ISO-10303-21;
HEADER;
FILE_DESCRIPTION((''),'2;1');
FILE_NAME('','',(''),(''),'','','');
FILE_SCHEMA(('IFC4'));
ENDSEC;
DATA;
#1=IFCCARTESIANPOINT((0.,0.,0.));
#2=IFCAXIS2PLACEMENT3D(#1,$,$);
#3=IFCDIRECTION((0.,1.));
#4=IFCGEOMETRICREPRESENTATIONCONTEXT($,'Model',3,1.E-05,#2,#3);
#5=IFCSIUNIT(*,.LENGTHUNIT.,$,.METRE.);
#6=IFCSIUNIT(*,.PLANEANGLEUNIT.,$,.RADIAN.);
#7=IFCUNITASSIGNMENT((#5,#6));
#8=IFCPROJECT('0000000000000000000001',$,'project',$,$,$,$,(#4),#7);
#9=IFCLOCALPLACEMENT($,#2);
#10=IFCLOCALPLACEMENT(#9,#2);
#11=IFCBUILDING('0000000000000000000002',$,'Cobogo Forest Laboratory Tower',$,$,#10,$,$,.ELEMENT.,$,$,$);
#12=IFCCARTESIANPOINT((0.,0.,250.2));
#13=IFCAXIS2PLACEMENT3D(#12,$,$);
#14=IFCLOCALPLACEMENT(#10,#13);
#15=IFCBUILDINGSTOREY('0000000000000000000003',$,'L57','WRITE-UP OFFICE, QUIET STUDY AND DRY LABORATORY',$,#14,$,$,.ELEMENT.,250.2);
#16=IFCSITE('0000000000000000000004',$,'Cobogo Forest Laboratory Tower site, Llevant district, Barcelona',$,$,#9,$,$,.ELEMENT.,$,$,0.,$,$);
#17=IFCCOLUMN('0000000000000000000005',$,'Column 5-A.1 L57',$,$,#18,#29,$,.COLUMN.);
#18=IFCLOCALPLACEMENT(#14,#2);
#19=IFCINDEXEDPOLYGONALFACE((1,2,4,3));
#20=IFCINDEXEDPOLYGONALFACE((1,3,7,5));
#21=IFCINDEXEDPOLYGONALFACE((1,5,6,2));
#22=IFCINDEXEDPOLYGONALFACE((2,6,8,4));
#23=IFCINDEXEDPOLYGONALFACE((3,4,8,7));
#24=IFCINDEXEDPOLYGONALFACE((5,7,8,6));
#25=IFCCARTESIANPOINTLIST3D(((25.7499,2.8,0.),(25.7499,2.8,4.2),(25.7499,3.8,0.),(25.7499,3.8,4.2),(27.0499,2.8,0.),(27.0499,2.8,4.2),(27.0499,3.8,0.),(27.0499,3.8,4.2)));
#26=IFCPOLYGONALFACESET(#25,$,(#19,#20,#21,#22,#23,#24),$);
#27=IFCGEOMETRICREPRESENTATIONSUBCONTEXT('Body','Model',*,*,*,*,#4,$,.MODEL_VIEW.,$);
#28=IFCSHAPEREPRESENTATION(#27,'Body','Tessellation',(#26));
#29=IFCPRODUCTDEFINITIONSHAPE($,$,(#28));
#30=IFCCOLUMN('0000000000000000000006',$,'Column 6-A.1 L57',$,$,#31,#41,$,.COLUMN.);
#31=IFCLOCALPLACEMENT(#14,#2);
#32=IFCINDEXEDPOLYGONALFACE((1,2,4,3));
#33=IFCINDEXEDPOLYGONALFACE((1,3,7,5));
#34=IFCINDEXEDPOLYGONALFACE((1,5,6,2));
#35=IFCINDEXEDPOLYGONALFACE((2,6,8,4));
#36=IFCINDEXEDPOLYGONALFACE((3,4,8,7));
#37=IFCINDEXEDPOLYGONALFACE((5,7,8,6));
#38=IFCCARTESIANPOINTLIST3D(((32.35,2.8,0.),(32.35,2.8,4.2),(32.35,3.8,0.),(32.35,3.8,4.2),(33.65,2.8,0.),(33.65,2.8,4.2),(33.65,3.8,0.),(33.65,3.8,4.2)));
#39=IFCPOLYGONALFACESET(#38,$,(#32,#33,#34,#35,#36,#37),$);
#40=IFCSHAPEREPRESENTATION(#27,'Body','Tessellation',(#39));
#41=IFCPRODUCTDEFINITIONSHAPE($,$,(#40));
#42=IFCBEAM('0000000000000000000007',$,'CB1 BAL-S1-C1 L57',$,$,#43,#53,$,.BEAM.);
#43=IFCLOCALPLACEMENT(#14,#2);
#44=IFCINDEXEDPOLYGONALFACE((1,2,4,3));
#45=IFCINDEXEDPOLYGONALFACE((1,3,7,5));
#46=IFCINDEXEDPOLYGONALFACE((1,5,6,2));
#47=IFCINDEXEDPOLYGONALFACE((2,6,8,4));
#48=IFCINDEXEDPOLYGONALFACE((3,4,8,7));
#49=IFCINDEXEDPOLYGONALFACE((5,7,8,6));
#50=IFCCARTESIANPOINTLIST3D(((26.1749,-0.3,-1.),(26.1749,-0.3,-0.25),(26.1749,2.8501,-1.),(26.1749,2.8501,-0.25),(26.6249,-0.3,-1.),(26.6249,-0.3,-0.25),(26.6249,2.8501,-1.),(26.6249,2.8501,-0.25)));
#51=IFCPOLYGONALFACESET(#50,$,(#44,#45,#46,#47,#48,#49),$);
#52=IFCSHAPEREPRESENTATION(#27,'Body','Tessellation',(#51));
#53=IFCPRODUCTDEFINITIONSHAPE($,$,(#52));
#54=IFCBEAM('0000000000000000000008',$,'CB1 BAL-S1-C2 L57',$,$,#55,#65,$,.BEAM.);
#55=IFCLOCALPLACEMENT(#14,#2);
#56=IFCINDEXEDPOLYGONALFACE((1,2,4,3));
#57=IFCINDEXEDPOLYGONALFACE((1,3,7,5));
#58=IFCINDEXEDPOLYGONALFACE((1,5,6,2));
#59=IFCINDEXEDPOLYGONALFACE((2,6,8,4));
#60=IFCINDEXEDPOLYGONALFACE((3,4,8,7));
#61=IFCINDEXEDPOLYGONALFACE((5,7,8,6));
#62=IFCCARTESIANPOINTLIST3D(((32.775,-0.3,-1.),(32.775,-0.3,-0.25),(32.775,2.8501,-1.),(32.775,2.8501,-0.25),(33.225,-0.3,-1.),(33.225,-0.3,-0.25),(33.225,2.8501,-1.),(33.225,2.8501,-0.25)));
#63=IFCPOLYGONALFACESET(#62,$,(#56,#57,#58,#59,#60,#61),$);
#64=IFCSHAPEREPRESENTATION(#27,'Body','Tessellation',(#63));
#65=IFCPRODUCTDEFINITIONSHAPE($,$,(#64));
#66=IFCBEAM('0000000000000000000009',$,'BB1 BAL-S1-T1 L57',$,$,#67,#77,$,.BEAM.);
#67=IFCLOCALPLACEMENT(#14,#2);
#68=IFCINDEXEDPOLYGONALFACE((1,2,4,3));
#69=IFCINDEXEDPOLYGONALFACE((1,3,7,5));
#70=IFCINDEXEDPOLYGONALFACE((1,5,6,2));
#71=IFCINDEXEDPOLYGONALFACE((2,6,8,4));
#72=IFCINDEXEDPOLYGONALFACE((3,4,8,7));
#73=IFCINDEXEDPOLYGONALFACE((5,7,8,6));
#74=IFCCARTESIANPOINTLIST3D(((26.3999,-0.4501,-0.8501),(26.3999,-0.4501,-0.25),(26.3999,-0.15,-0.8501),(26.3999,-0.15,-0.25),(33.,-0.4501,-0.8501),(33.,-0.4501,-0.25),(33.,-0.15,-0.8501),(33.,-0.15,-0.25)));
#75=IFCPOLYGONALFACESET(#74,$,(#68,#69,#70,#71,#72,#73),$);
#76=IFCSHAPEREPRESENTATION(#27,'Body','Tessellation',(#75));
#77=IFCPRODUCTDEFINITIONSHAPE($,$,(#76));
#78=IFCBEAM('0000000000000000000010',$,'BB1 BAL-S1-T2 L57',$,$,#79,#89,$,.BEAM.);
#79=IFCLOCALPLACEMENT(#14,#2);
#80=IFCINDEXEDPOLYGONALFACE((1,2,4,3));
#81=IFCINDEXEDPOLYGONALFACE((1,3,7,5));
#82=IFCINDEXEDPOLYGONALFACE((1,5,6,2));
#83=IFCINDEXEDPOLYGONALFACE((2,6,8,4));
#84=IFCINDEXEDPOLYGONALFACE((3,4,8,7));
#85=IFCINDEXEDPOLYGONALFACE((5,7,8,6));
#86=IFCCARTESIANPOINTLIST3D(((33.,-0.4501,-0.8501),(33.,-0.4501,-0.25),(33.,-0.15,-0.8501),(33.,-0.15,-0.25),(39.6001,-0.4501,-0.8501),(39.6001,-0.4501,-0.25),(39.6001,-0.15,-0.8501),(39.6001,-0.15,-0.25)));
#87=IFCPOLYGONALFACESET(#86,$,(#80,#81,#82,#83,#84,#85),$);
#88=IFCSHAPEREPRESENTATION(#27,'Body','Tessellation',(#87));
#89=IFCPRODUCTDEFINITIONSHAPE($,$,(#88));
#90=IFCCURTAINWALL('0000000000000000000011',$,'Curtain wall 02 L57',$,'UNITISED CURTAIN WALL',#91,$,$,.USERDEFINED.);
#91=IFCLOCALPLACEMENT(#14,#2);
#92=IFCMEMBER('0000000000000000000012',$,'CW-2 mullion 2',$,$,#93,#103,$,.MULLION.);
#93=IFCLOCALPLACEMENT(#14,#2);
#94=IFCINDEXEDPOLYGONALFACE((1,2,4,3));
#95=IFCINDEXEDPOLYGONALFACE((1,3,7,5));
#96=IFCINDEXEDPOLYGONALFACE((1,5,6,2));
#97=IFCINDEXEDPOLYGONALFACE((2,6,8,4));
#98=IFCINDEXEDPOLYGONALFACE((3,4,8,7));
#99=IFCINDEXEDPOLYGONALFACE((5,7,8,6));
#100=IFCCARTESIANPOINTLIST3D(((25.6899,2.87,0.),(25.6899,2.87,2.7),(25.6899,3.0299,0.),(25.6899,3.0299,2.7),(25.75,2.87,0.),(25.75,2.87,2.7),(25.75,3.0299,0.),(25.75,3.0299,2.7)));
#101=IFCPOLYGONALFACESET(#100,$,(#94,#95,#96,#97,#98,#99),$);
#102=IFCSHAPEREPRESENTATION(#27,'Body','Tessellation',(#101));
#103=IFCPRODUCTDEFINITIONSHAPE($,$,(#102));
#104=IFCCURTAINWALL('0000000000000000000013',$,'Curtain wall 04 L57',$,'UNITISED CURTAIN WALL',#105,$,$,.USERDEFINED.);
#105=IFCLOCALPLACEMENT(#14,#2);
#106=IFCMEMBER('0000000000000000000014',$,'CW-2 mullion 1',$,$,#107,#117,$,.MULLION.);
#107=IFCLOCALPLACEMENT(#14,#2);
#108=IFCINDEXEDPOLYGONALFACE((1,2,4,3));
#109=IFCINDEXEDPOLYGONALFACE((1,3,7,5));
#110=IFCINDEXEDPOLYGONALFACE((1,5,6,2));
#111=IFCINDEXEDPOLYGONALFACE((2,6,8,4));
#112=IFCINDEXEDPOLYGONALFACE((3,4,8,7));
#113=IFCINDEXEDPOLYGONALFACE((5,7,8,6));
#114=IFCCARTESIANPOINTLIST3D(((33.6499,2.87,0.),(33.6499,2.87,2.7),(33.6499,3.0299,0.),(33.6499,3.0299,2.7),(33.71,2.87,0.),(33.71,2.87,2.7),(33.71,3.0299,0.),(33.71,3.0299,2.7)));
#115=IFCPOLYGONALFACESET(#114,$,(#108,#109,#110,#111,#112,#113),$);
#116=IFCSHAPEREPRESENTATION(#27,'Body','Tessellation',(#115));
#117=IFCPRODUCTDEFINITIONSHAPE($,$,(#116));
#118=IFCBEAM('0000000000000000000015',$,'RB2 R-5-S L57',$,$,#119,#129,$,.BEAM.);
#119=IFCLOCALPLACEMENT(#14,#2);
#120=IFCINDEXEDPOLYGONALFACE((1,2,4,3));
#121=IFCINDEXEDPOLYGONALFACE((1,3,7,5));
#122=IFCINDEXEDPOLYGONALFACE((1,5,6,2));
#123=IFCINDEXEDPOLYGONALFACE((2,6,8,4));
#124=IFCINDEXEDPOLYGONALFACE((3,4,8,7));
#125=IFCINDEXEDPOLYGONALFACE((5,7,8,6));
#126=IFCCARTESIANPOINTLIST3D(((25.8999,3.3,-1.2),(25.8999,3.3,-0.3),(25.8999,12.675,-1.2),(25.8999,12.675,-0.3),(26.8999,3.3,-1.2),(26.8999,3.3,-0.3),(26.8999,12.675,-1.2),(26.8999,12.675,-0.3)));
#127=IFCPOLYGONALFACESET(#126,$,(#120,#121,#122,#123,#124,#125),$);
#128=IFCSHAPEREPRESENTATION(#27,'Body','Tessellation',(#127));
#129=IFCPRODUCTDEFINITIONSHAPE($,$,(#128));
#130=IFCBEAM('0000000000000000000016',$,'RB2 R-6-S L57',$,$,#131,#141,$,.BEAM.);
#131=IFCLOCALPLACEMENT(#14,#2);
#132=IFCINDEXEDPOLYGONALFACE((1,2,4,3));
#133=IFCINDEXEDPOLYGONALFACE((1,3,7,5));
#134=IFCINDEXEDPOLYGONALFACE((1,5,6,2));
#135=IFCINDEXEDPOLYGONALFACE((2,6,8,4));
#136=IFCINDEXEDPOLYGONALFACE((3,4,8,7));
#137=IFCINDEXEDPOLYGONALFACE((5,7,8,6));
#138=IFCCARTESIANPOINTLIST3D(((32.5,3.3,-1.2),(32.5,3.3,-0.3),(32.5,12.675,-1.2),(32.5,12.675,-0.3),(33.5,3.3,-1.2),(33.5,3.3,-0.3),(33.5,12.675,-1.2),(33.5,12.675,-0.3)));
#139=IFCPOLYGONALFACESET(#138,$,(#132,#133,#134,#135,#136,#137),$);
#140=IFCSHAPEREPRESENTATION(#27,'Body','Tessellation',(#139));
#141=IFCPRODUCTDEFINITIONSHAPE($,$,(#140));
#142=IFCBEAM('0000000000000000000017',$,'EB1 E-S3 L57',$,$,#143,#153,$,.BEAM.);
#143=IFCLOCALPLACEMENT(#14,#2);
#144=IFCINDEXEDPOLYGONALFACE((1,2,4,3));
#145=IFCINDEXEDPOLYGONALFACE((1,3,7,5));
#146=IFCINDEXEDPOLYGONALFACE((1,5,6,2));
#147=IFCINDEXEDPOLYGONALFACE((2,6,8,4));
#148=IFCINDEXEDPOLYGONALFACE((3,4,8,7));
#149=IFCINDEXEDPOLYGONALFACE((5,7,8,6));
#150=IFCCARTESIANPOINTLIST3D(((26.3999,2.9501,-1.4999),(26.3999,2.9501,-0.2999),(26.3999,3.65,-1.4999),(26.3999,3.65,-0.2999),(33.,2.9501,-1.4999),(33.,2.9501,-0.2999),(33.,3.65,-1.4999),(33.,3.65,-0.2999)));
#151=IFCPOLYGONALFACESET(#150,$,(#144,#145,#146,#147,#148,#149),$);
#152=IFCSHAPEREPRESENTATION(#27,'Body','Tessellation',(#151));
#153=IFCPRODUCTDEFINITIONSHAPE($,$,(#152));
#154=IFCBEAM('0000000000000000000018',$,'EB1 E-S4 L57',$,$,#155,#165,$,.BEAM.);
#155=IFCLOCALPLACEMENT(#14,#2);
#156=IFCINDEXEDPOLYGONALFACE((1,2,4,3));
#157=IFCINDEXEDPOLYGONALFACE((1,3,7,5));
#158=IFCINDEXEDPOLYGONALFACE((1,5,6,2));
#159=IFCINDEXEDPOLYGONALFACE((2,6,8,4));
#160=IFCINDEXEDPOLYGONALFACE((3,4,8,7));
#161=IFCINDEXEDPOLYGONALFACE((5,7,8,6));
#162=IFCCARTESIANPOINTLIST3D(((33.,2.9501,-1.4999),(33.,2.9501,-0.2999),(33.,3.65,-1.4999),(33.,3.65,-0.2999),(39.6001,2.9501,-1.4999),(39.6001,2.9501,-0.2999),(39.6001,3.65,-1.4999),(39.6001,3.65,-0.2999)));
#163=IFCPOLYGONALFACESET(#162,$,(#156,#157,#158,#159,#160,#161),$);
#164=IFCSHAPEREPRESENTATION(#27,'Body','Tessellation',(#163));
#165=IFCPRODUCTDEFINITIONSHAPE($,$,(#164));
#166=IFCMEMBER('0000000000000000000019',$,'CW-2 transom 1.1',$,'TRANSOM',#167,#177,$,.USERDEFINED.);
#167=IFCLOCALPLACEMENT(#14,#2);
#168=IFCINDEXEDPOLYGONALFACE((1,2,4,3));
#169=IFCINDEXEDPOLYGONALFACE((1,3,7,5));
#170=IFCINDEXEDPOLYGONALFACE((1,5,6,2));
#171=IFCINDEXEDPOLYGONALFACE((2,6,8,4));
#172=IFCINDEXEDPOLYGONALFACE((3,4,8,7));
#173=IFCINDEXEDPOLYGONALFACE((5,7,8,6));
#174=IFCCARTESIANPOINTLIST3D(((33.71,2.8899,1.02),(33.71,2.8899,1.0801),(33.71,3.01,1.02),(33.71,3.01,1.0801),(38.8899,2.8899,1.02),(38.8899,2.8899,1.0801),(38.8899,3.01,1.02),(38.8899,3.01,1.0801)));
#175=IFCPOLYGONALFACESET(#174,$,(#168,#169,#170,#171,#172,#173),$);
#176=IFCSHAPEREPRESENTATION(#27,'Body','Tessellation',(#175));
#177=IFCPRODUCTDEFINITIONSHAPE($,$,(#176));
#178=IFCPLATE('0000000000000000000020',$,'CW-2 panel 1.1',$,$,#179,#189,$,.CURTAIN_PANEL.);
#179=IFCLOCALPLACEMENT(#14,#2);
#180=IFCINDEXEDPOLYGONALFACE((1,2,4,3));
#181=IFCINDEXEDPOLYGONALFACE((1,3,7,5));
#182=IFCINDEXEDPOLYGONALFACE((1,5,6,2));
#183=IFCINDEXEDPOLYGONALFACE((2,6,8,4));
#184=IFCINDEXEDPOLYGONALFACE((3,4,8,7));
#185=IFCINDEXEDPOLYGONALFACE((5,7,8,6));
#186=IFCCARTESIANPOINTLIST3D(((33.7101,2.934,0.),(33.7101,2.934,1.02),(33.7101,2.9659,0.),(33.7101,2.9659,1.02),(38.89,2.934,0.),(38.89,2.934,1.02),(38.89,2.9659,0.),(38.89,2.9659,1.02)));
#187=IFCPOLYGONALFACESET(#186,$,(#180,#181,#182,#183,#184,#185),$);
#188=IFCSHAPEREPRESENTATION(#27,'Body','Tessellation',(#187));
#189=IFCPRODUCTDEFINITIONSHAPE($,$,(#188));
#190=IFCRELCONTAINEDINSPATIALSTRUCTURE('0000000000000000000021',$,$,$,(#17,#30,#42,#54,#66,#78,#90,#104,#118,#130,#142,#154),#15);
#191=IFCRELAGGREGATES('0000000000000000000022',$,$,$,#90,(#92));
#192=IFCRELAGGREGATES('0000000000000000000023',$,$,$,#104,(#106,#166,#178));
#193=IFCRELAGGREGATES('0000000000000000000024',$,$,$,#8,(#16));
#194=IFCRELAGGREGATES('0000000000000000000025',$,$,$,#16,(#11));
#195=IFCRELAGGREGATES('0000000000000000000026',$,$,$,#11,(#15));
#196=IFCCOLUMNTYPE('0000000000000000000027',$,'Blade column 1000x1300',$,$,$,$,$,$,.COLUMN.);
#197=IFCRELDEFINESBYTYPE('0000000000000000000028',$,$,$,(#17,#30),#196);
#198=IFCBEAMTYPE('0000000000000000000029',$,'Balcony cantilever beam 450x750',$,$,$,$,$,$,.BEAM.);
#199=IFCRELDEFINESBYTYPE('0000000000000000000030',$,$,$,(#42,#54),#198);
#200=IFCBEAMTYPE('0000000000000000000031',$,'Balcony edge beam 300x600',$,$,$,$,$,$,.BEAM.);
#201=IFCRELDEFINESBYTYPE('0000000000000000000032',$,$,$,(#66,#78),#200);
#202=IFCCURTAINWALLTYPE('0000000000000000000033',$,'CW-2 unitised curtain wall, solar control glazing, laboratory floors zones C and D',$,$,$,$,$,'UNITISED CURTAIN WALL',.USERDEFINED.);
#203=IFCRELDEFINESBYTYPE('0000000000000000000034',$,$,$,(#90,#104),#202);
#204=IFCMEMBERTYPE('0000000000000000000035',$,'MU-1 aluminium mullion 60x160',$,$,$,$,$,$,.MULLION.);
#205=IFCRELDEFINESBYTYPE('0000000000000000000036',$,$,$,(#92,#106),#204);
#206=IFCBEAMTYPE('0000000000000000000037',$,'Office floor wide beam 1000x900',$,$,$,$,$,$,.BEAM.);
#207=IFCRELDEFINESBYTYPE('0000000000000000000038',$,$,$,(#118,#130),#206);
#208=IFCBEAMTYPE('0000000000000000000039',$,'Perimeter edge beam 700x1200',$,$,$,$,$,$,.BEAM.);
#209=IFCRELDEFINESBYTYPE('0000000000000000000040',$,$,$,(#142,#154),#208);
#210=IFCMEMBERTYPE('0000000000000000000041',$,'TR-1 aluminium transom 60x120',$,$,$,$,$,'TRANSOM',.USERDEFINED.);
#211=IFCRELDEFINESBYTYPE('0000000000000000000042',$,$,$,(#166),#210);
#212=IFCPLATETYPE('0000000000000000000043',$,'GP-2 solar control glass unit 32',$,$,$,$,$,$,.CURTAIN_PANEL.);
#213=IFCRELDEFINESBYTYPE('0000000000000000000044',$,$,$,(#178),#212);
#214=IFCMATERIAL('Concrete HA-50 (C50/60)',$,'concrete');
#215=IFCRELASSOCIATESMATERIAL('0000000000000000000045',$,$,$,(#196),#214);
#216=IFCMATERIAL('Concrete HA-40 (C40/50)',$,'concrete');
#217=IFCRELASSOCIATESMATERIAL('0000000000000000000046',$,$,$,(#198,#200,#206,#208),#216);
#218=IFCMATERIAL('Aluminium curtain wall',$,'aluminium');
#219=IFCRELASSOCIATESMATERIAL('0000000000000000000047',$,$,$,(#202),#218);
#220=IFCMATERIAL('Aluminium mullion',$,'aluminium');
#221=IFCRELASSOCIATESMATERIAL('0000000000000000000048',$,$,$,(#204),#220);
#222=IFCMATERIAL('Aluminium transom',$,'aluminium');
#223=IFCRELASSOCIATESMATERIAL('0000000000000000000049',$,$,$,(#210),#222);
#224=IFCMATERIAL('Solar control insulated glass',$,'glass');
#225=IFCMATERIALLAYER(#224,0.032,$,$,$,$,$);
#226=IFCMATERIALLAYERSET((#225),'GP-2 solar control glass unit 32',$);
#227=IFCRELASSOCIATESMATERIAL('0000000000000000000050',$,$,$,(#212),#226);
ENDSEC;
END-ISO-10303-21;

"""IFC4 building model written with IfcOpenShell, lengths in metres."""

from ifc_helpers import new_model, si_unit, direction, frame, origin, origin_2d, place, context, subcontext, project, spatial, rectangle, extrude, material, layer, layer_set, material_profile, profile_set, type_object, element, aggregate, save


model = new_model("IFC4")

# Units and contexts
model_context = context("Model", 3, precision=1e-05, world=origin(), true_north=direction((0.0, 1.0)))
body_context = subcontext(model_context, "Body", "Model", "MODEL_VIEW")
ifc_project = project(units=[si_unit("LENGTHUNIT", "METRE"), si_unit("PLANEANGLEUNIT", "RADIAN")], contexts=[model_context])

# Site, building, storey
site_placement = place(None, origin())
site = spatial("IfcSite", under=ifc_project, at=site_placement, Name="Cobogo Forest Laboratory Tower site, Llevant district, Barcelona", CompositionType="ELEMENT", RefElevation=0.0)
building_placement = place(site_placement, origin())
building = spatial("IfcBuilding", under=site, at=building_placement, Name="Cobogo Forest Laboratory Tower", CompositionType="ELEMENT")
storey_placement = place(building_placement, frame((0.0, 0.0, 250.2)))
storey = spatial("IfcBuildingStorey", under=building, at=storey_placement, Name="L57", Description="WRITE-UP OFFICE, QUIET STUDY AND DRY LABORATORY", CompositionType="ELEMENT", Elevation=250.2)

# Columns
ifc_material_1 = material(Name="Concrete HA-50 (C50/60)", Category="concrete")
ifc_material_profile_1 = material_profile(ifc_material_1, rectangle(XDim=1.3, YDim=1.0, at=origin_2d()), Name="RC 1000x1300")
ifc_profile_set_1 = profile_set([ifc_material_profile_1], Name="Concrete HA-50 (C50/60)")
column_type = type_object("IfcColumnType", Name="Blade column 1000x1300", PredefinedType="COLUMN", material=ifc_profile_set_1)
for number, where, z_axis, x_axis, name in (
    (1, (26.3999, 3.3, 0.0), (0.0, 0.0, 1.0), (1.0, 0.0, 0.0), "Column 5-A.1 L57"),
    (2, (33.0, 3.3, 0.0), (0.0, 0.0, 1.0), (1.0, 0.0, 0.0), "Column 6-A.1 L57"),
):
    element("IfcColumn", number, at=place(storey_placement, frame(where, z_axis=z_axis, x_axis=x_axis)), inside=storey, type_object=column_type, Name=name, PredefinedType="COLUMN", context=body_context, shape_type="SweptSolid", body=[
        extrude(rectangle(XDim=1.3, YDim=1.0, at=origin_2d()), origin(), (0.0, 0.0, 1.0), 4.2),
    ])

# Beams
ifc_material_2 = material(Name="Concrete HA-40 (C40/50)", Category="concrete")
ifc_material_profile_2 = material_profile(ifc_material_2, rectangle(XDim=0.45, YDim=0.75, at=origin_2d()), Name="RC 450x750")
ifc_profile_set_2 = profile_set([ifc_material_profile_2], Name="Concrete HA-40 (C40/50)")
beam_type_1 = type_object("IfcBeamType", Name="Balcony cantilever beam 450x750", PredefinedType="BEAM", material=ifc_profile_set_2)
for number, where, z_axis, x_axis, name in (
    (3, (26.3999, 2.8501, -0.625), (0.0, -1.0, 0.0), (1.0, 0.0, 0.0), "CB1 BAL-S1-C1 L57"),
    (4, (33.0, 2.8501, -0.625), (0.0, -1.0, 0.0), (1.0, 0.0, 0.0), "CB1 BAL-S1-C2 L57"),
):
    element("IfcBeam", number, at=place(storey_placement, frame(where, z_axis=z_axis, x_axis=x_axis)), inside=storey, type_object=beam_type_1, Name=name, PredefinedType="BEAM", context=body_context, shape_type="SweptSolid", body=[
        extrude(rectangle(XDim=0.45, YDim=0.75, at=origin_2d()), origin(), (0.0, 0.0, 1.0), 3.1501),
    ])
ifc_material_profile_3 = material_profile(ifc_material_2, rectangle(XDim=0.3, YDim=0.6001, at=origin_2d()), Name="RC 300x600")
ifc_profile_set_3 = profile_set([ifc_material_profile_3], Name="Concrete HA-40 (C40/50)")
beam_type_2 = type_object("IfcBeamType", Name="Balcony edge beam 300x600", PredefinedType="BEAM", material=ifc_profile_set_3)
for number, where, z_axis, x_axis, name in (
    (5, (26.3999, -0.3, -0.55), (1.0, 0.0, 0.0), (0.0, 1.0, 0.0), "BB1 BAL-S1-T1 L57"),
    (6, (33.0, -0.3, -0.55), (1.0, 0.0, 0.0), (0.0, 1.0, 0.0), "BB1 BAL-S1-T2 L57"),
):
    element("IfcBeam", number, at=place(storey_placement, frame(where, z_axis=z_axis, x_axis=x_axis)), inside=storey, type_object=beam_type_2, Name=name, PredefinedType="BEAM", context=body_context, shape_type="SweptSolid", body=[
        extrude(rectangle(XDim=0.3, YDim=0.6001, at=origin_2d()), origin(), (0.0, 0.0, 1.0), 6.6001),
    ])

# Curtain walls, members
ifc_material_3 = material(Name="Aluminium curtain wall", Category="aluminium")
curtain_wall_type = type_object("IfcCurtainWallType", Name="CW-2 unitised curtain wall, solar control glazing, laboratory floors zones C and D", ElementType="UNITISED CURTAIN WALL", PredefinedType="USERDEFINED", material=ifc_material_3)
curtain_wall_1_placement = place(storey_placement, origin())
curtain_wall_1 = element("IfcCurtainWall", 7, at=curtain_wall_1_placement, inside=storey, type_object=curtain_wall_type, Name="Curtain wall 02 L57", ObjectType="UNITISED CURTAIN WALL", PredefinedType="USERDEFINED")
ifc_material_4 = material(Name="Aluminium mullion", Category="aluminium")
ifc_material_profile_4 = material_profile(ifc_material_4, rectangle(XDim=0.0601, YDim=0.1599, at=origin_2d()), Name="AL 60x160")
ifc_profile_set_4 = profile_set([ifc_material_profile_4], Name="Aluminium mullion")
member_type_1 = type_object("IfcMemberType", Name="MU-1 aluminium mullion 60x160", PredefinedType="MULLION", material=ifc_profile_set_4)
member_1_placement = place(storey_placement, frame((25.72, 2.95, 0.0), z_axis=(0.0, 0.0, 1.0), x_axis=(1.0, 0.0, 0.0)))
member_1 = element("IfcMember", 8, at=member_1_placement, type_object=member_type_1, Name="CW-2 mullion 2", PredefinedType="MULLION", context=body_context, shape_type="SweptSolid", body=[
    extrude(rectangle(XDim=0.0601, YDim=0.1599, at=origin_2d()), origin(), (0.0, 0.0, 1.0), 2.7),
])
aggregate(curtain_wall_1, [member_1])
curtain_wall_2_placement = place(storey_placement, origin())
curtain_wall_2 = element("IfcCurtainWall", 9, at=curtain_wall_2_placement, inside=storey, type_object=curtain_wall_type, Name="Curtain wall 04 L57", ObjectType="UNITISED CURTAIN WALL", PredefinedType="USERDEFINED")
member_2_placement = place(storey_placement, frame((33.6799, 2.95, 0.0), z_axis=(0.0, 0.0, 1.0), x_axis=(1.0, 0.0, 0.0)))
member_2 = element("IfcMember", 10, at=member_2_placement, type_object=member_type_1, Name="CW-2 mullion 1", PredefinedType="MULLION", context=body_context, shape_type="SweptSolid", body=[
    extrude(rectangle(XDim=0.0601, YDim=0.1599, at=origin_2d()), origin(), (0.0, 0.0, 1.0), 2.7),
])

# Beams
ifc_material_profile_5 = material_profile(ifc_material_2, rectangle(XDim=1.0, YDim=0.8999, at=origin_2d()), Name="RC 1000x900")
ifc_profile_set_5 = profile_set([ifc_material_profile_5], Name="Concrete HA-40 (C40/50)")
beam_type_3 = type_object("IfcBeamType", Name="Office floor wide beam 1000x900", PredefinedType="BEAM", material=ifc_profile_set_5)
for number, where, z_axis, x_axis, name in (
    (11, (26.3999, 12.675, -0.75), (0.0, -1.0, 0.0), (1.0, 0.0, 0.0), "RB2 R-5-S L57"),
    (12, (33.0, 12.675, -0.75), (0.0, -1.0, 0.0), (1.0, 0.0, 0.0), "RB2 R-6-S L57"),
):
    element("IfcBeam", number, at=place(storey_placement, frame(where, z_axis=z_axis, x_axis=x_axis)), inside=storey, type_object=beam_type_3, Name=name, PredefinedType="BEAM", context=body_context, shape_type="SweptSolid", body=[
        extrude(rectangle(XDim=1.0, YDim=0.8999, at=origin_2d()), origin(), (0.0, 0.0, 1.0), 9.375),
    ])
ifc_material_profile_6 = material_profile(ifc_material_2, rectangle(XDim=0.7, YDim=1.2, at=origin_2d()), Name="RC 700x1200")
ifc_profile_set_6 = profile_set([ifc_material_profile_6], Name="Concrete HA-40 (C40/50)")
beam_type_4 = type_object("IfcBeamType", Name="Perimeter edge beam 700x1200", PredefinedType="BEAM", material=ifc_profile_set_6)
for number, where, z_axis, x_axis, name in (
    (13, (26.3999, 3.3, -0.8999), (1.0, 0.0, 0.0), (0.0, 1.0, 0.0), "EB1 E-S3 L57"),
    (14, (33.0, 3.3, -0.8999), (1.0, 0.0, 0.0), (0.0, 1.0, 0.0), "EB1 E-S4 L57"),
):
    element("IfcBeam", number, at=place(storey_placement, frame(where, z_axis=z_axis, x_axis=x_axis)), inside=storey, type_object=beam_type_4, Name=name, PredefinedType="BEAM", context=body_context, shape_type="SweptSolid", body=[
        extrude(rectangle(XDim=0.7, YDim=1.2, at=origin_2d()), origin(), (0.0, 0.0, 1.0), 6.6001),
    ])

# Member
ifc_material_5 = material(Name="Aluminium transom", Category="aluminium")
ifc_material_profile_7 = material_profile(ifc_material_5, rectangle(XDim=0.1201, YDim=0.0601, at=origin_2d()), Name="AL 60x120")
ifc_profile_set_7 = profile_set([ifc_material_profile_7], Name="Aluminium transom")
member_type_2 = type_object("IfcMemberType", Name="TR-1 aluminium transom 60x120", ElementType="TRANSOM", PredefinedType="USERDEFINED", material=ifc_profile_set_7)
member_3_placement = place(storey_placement, frame((33.71, 2.95, 1.05), z_axis=(1.0, 0.0, 0.0), x_axis=(0.0, 1.0, 0.0)))
member_3 = element("IfcMember", 15, at=member_3_placement, type_object=member_type_2, Name="CW-2 transom 1.1", ObjectType="TRANSOM", PredefinedType="USERDEFINED", context=body_context, shape_type="SweptSolid", body=[
    extrude(rectangle(XDim=0.1201, YDim=0.0601, at=origin_2d()), origin(), (0.0, 0.0, 1.0), 5.1799),
])

# Plate
ifc_material_6 = material(Name="Solar control insulated glass", Category="glass")
ifc_layer_1 = layer(ifc_material_6, 0.032)
ifc_layer_set_1 = layer_set([ifc_layer_1], Name="GP-2 solar control glass unit 32")
plate_type = type_object("IfcPlateType", Name="GP-2 solar control glass unit 32", PredefinedType="CURTAIN_PANEL", material=ifc_layer_set_1)
plate_1_placement = place(storey_placement, frame((36.3, 2.95, 0.0), z_axis=(0.0, 0.0, 1.0), x_axis=(1.0, 0.0, 0.0)))
plate_1 = element("IfcPlate", 16, at=plate_1_placement, type_object=plate_type, Name="CW-2 panel 1.1", PredefinedType="CURTAIN_PANEL", context=body_context, shape_type="SweptSolid", body=[
    extrude(rectangle(XDim=5.1799, YDim=0.032, at=origin_2d()), origin(), (0.0, 0.0, 1.0), 1.02),
])
aggregate(curtain_wall_2, [member_2, member_3, plate_1])

save(model, "model.ifc")
